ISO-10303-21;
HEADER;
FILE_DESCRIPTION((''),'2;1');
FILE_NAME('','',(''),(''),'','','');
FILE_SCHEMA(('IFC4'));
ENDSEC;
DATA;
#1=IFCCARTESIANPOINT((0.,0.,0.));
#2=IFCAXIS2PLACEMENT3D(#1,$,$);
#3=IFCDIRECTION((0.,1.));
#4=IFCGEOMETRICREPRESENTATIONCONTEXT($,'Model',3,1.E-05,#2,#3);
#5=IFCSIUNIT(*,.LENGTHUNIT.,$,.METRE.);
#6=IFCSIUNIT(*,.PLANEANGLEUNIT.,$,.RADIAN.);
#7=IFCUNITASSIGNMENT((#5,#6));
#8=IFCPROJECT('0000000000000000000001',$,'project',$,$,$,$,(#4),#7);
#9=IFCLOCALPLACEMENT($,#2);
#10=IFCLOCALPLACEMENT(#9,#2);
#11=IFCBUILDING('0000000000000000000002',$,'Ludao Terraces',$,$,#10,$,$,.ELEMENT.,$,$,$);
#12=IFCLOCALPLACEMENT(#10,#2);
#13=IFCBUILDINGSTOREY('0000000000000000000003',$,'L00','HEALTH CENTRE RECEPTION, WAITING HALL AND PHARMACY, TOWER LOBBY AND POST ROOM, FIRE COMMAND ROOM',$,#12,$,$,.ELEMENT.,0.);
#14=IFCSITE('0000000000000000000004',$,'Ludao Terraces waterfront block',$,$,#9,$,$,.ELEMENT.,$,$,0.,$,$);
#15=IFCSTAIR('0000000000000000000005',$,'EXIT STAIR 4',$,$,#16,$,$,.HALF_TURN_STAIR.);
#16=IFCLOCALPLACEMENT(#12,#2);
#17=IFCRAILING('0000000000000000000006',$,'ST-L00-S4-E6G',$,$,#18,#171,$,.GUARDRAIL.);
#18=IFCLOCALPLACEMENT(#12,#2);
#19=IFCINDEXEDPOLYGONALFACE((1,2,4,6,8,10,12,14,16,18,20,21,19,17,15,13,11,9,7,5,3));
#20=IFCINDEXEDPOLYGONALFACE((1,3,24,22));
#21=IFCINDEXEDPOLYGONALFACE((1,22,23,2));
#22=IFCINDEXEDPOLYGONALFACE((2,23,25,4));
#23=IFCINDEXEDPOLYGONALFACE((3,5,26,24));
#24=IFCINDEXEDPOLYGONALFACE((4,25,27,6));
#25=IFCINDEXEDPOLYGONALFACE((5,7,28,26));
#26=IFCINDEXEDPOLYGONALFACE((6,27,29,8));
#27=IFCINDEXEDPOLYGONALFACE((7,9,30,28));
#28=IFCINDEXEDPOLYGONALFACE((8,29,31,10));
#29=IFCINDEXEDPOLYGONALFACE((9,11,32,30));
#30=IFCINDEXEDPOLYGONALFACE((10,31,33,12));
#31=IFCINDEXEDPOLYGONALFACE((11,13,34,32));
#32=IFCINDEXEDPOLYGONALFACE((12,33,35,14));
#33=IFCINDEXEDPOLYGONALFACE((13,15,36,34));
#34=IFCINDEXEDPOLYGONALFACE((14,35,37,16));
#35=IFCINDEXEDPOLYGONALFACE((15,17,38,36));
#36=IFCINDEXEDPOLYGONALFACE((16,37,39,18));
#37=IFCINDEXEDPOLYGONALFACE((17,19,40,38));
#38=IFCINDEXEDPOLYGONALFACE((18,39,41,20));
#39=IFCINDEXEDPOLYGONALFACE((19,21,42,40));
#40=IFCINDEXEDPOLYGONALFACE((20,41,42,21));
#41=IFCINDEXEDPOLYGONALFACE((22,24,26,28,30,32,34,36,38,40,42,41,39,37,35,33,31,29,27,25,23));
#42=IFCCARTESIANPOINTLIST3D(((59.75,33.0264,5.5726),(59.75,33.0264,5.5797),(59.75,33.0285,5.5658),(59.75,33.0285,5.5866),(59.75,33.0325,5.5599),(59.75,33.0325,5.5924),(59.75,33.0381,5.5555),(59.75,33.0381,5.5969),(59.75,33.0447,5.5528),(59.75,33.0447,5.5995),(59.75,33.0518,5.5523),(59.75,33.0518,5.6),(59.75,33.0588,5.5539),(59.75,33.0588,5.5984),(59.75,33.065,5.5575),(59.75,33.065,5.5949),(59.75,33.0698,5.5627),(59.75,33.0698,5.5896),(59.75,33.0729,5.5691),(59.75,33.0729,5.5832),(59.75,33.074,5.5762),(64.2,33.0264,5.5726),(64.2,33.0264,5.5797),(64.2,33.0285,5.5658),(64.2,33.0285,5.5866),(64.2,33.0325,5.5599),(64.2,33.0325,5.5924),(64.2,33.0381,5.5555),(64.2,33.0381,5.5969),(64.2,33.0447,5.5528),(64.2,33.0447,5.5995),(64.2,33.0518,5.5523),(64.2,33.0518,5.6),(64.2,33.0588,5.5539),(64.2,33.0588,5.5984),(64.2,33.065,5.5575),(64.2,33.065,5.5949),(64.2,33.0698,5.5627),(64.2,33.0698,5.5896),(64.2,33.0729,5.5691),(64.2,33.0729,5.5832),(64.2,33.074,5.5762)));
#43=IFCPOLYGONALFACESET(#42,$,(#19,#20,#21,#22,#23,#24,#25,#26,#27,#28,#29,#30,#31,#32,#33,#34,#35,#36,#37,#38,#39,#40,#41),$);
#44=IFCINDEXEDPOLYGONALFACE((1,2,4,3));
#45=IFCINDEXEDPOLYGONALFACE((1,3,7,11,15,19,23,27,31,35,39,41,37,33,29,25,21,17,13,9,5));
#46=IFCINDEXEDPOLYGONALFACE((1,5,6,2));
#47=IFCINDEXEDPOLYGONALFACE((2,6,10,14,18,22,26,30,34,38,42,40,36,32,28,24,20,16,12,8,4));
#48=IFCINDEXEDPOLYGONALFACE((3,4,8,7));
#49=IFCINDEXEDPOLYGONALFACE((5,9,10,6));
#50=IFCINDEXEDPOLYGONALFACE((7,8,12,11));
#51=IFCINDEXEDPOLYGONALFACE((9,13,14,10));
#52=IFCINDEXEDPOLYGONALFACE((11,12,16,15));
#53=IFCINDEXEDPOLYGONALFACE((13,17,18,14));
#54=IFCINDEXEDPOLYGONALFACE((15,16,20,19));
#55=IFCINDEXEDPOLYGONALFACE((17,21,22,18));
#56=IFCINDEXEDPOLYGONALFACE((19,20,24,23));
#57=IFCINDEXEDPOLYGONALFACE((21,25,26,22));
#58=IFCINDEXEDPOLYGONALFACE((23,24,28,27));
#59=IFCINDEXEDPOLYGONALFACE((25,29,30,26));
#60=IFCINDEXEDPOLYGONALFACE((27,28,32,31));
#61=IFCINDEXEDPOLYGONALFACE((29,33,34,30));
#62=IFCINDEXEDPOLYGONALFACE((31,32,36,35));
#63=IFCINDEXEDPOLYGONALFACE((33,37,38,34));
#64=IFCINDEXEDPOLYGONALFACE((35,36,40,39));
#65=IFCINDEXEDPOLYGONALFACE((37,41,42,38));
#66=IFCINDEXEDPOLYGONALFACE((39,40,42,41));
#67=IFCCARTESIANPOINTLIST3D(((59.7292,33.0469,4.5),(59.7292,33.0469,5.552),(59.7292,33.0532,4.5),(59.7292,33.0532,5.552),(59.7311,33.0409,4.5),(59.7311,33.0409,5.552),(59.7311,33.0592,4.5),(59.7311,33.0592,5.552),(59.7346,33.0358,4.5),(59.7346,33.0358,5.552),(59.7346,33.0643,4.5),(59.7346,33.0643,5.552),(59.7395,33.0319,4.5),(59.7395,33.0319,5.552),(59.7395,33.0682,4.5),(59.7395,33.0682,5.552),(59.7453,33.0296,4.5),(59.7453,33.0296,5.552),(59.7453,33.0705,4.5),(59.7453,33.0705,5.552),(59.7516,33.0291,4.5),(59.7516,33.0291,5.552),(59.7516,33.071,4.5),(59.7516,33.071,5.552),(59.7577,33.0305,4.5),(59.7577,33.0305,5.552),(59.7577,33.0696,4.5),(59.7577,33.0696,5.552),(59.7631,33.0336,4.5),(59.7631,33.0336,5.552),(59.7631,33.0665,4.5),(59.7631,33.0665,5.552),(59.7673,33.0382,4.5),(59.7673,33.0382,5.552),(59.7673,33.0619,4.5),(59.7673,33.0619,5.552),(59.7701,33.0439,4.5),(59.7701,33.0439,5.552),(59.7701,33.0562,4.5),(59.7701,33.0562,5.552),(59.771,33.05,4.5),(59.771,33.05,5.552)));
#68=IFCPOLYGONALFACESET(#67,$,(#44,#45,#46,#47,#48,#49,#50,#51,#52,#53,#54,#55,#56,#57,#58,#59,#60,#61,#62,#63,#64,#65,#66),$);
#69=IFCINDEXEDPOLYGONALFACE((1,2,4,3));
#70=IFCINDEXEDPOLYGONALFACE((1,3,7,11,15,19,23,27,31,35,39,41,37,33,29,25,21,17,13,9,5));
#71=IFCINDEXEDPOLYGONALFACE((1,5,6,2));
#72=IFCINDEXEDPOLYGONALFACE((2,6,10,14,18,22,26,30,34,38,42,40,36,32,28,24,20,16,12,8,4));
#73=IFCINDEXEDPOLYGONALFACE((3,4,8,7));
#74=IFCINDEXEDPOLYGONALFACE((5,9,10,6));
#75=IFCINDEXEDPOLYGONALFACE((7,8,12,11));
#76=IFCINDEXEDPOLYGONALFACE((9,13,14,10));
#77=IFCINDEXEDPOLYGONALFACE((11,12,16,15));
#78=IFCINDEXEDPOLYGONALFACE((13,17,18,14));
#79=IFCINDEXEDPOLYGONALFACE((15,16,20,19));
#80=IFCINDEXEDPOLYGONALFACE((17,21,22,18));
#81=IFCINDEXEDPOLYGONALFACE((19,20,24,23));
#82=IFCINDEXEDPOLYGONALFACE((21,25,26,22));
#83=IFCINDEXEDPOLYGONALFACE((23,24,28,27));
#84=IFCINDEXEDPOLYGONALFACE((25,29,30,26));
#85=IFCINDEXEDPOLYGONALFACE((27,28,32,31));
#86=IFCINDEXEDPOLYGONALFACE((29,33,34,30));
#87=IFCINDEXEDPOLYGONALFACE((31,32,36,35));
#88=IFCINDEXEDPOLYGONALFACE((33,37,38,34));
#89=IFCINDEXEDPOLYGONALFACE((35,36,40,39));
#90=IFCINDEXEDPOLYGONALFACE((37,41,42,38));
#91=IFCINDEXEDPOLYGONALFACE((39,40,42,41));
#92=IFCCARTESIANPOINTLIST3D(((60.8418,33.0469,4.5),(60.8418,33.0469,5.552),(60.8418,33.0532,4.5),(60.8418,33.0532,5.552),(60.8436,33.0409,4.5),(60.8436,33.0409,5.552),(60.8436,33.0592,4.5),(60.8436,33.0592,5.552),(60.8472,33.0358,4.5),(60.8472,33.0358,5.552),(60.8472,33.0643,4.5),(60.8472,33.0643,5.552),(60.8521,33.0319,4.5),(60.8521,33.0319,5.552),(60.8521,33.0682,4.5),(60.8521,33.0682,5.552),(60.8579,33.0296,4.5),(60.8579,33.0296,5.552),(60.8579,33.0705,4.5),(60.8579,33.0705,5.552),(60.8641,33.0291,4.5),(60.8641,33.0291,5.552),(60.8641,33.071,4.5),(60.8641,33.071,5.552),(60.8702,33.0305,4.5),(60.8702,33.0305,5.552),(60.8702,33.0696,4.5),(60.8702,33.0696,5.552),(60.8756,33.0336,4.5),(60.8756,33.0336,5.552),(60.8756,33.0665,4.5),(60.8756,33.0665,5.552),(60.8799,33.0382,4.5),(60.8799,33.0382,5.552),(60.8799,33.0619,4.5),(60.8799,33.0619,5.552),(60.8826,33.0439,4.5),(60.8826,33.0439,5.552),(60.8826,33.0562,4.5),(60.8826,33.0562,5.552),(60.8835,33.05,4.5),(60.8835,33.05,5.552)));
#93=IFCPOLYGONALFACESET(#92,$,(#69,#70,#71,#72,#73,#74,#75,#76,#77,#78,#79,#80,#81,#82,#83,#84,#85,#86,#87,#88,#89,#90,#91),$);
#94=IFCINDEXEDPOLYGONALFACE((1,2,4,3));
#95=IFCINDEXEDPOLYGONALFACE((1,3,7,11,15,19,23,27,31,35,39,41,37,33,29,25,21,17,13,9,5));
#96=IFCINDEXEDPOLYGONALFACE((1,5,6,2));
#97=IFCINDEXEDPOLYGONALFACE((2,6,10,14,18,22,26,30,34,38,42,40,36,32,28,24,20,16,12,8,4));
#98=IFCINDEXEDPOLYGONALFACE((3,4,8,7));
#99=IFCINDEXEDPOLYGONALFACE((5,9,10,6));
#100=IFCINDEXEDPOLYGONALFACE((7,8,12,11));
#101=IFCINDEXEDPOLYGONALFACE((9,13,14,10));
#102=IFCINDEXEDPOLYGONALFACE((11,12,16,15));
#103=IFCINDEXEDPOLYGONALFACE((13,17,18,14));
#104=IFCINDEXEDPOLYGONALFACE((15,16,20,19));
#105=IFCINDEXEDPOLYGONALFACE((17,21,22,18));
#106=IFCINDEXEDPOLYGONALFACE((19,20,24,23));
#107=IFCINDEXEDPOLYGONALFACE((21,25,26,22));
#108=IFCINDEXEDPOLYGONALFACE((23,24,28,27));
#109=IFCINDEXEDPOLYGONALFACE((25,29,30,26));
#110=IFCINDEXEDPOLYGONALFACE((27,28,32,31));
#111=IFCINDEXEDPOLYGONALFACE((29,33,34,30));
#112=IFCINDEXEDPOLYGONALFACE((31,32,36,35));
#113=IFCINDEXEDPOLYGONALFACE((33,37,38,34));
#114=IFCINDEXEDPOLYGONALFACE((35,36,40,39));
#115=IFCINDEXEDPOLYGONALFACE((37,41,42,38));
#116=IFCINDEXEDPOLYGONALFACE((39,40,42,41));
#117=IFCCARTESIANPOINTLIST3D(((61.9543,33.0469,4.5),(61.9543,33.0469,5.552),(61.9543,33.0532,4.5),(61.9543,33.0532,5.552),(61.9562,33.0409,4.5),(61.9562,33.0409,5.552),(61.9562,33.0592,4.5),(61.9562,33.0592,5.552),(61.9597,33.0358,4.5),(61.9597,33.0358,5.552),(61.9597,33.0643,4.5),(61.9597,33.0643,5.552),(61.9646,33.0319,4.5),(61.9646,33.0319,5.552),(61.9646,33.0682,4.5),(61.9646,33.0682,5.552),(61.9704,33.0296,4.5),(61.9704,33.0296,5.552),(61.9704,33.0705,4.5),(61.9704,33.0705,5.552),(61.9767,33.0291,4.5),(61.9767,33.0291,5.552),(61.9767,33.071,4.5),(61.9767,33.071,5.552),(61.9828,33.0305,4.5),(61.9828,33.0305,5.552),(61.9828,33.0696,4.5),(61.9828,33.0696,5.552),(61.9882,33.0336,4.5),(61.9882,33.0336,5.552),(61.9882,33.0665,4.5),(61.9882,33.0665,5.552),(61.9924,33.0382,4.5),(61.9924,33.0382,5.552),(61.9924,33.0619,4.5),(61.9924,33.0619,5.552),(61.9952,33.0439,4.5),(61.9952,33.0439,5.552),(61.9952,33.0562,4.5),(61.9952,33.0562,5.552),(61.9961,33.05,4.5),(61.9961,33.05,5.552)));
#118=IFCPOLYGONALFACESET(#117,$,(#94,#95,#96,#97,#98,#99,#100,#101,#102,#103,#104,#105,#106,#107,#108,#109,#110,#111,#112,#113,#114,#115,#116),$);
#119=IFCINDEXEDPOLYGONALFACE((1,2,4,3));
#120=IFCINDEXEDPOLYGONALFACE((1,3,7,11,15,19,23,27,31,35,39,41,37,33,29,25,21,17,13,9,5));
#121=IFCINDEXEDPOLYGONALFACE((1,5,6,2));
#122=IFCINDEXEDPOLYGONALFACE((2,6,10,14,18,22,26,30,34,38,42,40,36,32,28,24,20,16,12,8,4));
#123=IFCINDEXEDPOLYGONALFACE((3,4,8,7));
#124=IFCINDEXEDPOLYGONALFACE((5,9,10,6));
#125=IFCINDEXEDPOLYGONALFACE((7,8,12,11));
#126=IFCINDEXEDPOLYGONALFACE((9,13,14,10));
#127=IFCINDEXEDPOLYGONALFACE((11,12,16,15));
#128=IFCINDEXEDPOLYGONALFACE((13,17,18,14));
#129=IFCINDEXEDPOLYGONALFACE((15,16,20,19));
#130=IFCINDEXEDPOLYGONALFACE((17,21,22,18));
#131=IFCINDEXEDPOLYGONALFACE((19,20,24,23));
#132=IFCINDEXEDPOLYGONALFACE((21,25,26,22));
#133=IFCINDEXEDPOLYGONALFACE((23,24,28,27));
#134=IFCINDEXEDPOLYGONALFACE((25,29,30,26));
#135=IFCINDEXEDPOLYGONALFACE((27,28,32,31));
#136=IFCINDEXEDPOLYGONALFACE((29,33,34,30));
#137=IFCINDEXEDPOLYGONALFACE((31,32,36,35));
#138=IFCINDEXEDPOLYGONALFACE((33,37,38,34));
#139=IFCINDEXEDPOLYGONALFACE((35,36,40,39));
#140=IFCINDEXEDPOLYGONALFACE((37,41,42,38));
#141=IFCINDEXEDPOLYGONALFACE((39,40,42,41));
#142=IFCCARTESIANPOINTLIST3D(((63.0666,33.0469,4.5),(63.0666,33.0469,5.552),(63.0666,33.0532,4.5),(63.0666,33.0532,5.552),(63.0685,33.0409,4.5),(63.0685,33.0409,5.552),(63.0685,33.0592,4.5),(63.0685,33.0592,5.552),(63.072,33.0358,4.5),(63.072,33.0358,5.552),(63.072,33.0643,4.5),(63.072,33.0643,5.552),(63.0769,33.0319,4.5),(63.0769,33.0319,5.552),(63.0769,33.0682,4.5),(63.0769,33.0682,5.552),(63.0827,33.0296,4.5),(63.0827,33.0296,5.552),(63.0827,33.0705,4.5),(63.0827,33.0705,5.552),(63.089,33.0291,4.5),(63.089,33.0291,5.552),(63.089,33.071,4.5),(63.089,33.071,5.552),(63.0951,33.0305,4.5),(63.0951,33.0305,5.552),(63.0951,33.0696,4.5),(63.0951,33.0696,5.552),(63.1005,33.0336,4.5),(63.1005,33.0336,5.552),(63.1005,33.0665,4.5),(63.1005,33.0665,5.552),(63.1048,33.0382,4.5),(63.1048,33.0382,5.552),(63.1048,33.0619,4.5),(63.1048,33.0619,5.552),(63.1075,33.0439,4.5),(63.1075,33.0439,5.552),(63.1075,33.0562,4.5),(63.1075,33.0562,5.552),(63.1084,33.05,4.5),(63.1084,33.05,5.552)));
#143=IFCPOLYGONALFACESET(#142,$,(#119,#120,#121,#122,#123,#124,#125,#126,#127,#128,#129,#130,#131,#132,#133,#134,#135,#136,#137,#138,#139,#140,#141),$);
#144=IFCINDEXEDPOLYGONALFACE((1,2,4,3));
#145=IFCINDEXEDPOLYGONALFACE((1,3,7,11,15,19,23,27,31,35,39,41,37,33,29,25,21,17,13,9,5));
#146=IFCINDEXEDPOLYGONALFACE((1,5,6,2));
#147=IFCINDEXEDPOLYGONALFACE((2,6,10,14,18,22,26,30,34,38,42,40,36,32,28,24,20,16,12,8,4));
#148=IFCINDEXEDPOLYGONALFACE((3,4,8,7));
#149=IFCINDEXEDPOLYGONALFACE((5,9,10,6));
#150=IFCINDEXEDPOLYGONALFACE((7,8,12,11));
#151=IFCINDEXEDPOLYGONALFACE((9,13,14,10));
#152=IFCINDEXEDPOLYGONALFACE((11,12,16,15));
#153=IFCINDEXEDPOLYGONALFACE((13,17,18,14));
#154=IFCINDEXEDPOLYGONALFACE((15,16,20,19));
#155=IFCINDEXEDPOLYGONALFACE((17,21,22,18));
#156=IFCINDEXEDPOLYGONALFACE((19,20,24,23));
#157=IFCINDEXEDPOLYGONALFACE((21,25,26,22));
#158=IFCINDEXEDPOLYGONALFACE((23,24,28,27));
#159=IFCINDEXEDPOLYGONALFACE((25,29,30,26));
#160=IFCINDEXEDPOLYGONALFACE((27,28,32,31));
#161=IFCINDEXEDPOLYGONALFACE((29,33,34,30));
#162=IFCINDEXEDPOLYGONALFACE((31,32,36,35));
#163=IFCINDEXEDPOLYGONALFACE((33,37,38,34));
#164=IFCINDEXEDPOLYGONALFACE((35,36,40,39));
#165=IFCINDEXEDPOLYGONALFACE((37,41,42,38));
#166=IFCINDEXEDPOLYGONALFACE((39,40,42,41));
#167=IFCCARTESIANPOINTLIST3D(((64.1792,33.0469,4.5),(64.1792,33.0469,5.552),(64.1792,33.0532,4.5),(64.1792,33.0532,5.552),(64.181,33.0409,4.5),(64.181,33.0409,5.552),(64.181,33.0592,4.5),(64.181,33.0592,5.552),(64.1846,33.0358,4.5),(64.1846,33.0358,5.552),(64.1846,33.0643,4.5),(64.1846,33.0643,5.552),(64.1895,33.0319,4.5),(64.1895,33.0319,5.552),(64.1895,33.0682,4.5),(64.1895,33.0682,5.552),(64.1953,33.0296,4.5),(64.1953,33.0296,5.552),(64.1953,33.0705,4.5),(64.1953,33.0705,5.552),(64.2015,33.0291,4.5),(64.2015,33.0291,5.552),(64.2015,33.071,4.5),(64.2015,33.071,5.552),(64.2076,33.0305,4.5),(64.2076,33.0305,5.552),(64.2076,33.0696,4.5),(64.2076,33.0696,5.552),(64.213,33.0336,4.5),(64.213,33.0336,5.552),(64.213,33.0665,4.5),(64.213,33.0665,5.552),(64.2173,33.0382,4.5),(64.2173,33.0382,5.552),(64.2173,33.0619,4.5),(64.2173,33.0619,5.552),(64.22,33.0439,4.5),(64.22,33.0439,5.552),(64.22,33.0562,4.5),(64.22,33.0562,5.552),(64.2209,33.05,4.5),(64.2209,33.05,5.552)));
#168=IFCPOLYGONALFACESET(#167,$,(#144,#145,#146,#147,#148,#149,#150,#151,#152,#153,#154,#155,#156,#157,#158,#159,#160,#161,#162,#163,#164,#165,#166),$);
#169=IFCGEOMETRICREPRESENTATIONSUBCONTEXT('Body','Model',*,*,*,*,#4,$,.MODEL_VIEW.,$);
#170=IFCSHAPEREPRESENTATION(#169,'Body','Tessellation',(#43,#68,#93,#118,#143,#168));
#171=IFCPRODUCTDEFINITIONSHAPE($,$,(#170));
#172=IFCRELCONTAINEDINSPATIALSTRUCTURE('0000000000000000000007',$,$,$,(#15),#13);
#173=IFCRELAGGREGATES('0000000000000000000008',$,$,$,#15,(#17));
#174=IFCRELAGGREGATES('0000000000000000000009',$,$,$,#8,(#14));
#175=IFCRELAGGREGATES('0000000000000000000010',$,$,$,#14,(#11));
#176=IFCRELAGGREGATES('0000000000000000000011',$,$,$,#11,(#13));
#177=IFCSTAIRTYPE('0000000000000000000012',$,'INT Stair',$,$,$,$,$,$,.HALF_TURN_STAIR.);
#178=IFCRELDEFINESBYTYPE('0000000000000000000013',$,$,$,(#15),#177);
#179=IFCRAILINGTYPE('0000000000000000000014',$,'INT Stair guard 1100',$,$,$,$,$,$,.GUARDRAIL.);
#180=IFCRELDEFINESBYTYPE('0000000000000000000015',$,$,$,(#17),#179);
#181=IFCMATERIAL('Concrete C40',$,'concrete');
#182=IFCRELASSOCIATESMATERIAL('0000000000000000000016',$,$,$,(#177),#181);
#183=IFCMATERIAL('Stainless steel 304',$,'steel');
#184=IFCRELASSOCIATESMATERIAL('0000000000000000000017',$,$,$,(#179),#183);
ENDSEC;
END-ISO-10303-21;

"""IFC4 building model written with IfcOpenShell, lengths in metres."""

from ifc_helpers import new_model, si_unit, direction, frame, origin, origin_2d, place, context, subcontext, project, spatial, circle, extrude, material, type_object, element, aggregate, save


model = new_model("IFC4")

# Units and contexts
model_context = context("Model", 3, precision=1e-05, world=origin(), true_north=direction((0.0, 1.0)))
body_context = subcontext(model_context, "Body", "Model", "MODEL_VIEW")
ifc_project = project(units=[si_unit("LENGTHUNIT", "METRE"), si_unit("PLANEANGLEUNIT", "RADIAN")], contexts=[model_context])

# Site, building, storey
site_placement = place(None, origin())
site = spatial("IfcSite", under=ifc_project, at=site_placement, Name="Ludao Terraces waterfront block", CompositionType="ELEMENT", RefElevation=0.0)
building_placement = place(site_placement, origin())
building = spatial("IfcBuilding", under=site, at=building_placement, Name="Ludao Terraces", CompositionType="ELEMENT")
storey_placement = place(building_placement, origin())
storey = spatial("IfcBuildingStorey", under=building, at=storey_placement, Name="L00", Description="HEALTH CENTRE RECEPTION, WAITING HALL AND PHARMACY, TOWER LOBBY AND POST ROOM, FIRE COMMAND ROOM", CompositionType="ELEMENT", Elevation=0.0)

# Shared definitions
ifc_material_1 = material(Name="Concrete C40", Category="concrete")

# Stair, railing
stair_type = type_object("IfcStairType", Name="INT Stair", PredefinedType="HALF_TURN_STAIR", material=ifc_material_1)
stair_placement = place(storey_placement, origin())
stair = element("IfcStair", 1, at=stair_placement, inside=storey, type_object=stair_type, Name="EXIT STAIR 4", PredefinedType="HALF_TURN_STAIR")
ifc_material_2 = material(Name="Stainless steel 304", Category="steel")
railing_type_1 = type_object("IfcRailingType", Name="INT Stair guard 1100", PredefinedType="GUARDRAIL", material=ifc_material_2)
railing_1_placement = place(storey_placement, frame((59.75, 33.05, 4.5)))
railing_1 = element("IfcRailing", 2, at=railing_1_placement, type_object=railing_type_1, Name="ST-L00-S4-E6G", PredefinedType="GUARDRAIL", context=body_context, shape_type="SweptSolid", body=[
    extrude(circle(Radius=0.0239, at=origin_2d()), frame((0.0, 0.0, 1.0762), z_axis=(1.0, 0.0, 0.0), x_axis=(0.0, 1.0, 0.0)), (0.0, 0.0, 1.0), 4.45),
    extrude(circle(Radius=0.021, at=origin_2d()), origin(), (0.0, 0.0, 1.0), 1.052),
    extrude(circle(Radius=0.021, at=origin_2d()), frame((1.1125, 0.0, 0.0)), (0.0, 0.0, 1.0), 1.052),
    extrude(circle(Radius=0.021, at=origin_2d()), frame((2.2251, 0.0, 0.0)), (0.0, 0.0, 1.0), 1.052),
    extrude(circle(Radius=0.021, at=origin_2d()), frame((3.3374, 0.0, 0.0)), (0.0, 0.0, 1.0), 1.052),
    extrude(circle(Radius=0.021, at=origin_2d()), frame((4.45, 0.0, 0.0)), (0.0, 0.0, 1.0), 1.052),
])
aggregate(stair, [railing_1])

save(model, "model.ifc")
